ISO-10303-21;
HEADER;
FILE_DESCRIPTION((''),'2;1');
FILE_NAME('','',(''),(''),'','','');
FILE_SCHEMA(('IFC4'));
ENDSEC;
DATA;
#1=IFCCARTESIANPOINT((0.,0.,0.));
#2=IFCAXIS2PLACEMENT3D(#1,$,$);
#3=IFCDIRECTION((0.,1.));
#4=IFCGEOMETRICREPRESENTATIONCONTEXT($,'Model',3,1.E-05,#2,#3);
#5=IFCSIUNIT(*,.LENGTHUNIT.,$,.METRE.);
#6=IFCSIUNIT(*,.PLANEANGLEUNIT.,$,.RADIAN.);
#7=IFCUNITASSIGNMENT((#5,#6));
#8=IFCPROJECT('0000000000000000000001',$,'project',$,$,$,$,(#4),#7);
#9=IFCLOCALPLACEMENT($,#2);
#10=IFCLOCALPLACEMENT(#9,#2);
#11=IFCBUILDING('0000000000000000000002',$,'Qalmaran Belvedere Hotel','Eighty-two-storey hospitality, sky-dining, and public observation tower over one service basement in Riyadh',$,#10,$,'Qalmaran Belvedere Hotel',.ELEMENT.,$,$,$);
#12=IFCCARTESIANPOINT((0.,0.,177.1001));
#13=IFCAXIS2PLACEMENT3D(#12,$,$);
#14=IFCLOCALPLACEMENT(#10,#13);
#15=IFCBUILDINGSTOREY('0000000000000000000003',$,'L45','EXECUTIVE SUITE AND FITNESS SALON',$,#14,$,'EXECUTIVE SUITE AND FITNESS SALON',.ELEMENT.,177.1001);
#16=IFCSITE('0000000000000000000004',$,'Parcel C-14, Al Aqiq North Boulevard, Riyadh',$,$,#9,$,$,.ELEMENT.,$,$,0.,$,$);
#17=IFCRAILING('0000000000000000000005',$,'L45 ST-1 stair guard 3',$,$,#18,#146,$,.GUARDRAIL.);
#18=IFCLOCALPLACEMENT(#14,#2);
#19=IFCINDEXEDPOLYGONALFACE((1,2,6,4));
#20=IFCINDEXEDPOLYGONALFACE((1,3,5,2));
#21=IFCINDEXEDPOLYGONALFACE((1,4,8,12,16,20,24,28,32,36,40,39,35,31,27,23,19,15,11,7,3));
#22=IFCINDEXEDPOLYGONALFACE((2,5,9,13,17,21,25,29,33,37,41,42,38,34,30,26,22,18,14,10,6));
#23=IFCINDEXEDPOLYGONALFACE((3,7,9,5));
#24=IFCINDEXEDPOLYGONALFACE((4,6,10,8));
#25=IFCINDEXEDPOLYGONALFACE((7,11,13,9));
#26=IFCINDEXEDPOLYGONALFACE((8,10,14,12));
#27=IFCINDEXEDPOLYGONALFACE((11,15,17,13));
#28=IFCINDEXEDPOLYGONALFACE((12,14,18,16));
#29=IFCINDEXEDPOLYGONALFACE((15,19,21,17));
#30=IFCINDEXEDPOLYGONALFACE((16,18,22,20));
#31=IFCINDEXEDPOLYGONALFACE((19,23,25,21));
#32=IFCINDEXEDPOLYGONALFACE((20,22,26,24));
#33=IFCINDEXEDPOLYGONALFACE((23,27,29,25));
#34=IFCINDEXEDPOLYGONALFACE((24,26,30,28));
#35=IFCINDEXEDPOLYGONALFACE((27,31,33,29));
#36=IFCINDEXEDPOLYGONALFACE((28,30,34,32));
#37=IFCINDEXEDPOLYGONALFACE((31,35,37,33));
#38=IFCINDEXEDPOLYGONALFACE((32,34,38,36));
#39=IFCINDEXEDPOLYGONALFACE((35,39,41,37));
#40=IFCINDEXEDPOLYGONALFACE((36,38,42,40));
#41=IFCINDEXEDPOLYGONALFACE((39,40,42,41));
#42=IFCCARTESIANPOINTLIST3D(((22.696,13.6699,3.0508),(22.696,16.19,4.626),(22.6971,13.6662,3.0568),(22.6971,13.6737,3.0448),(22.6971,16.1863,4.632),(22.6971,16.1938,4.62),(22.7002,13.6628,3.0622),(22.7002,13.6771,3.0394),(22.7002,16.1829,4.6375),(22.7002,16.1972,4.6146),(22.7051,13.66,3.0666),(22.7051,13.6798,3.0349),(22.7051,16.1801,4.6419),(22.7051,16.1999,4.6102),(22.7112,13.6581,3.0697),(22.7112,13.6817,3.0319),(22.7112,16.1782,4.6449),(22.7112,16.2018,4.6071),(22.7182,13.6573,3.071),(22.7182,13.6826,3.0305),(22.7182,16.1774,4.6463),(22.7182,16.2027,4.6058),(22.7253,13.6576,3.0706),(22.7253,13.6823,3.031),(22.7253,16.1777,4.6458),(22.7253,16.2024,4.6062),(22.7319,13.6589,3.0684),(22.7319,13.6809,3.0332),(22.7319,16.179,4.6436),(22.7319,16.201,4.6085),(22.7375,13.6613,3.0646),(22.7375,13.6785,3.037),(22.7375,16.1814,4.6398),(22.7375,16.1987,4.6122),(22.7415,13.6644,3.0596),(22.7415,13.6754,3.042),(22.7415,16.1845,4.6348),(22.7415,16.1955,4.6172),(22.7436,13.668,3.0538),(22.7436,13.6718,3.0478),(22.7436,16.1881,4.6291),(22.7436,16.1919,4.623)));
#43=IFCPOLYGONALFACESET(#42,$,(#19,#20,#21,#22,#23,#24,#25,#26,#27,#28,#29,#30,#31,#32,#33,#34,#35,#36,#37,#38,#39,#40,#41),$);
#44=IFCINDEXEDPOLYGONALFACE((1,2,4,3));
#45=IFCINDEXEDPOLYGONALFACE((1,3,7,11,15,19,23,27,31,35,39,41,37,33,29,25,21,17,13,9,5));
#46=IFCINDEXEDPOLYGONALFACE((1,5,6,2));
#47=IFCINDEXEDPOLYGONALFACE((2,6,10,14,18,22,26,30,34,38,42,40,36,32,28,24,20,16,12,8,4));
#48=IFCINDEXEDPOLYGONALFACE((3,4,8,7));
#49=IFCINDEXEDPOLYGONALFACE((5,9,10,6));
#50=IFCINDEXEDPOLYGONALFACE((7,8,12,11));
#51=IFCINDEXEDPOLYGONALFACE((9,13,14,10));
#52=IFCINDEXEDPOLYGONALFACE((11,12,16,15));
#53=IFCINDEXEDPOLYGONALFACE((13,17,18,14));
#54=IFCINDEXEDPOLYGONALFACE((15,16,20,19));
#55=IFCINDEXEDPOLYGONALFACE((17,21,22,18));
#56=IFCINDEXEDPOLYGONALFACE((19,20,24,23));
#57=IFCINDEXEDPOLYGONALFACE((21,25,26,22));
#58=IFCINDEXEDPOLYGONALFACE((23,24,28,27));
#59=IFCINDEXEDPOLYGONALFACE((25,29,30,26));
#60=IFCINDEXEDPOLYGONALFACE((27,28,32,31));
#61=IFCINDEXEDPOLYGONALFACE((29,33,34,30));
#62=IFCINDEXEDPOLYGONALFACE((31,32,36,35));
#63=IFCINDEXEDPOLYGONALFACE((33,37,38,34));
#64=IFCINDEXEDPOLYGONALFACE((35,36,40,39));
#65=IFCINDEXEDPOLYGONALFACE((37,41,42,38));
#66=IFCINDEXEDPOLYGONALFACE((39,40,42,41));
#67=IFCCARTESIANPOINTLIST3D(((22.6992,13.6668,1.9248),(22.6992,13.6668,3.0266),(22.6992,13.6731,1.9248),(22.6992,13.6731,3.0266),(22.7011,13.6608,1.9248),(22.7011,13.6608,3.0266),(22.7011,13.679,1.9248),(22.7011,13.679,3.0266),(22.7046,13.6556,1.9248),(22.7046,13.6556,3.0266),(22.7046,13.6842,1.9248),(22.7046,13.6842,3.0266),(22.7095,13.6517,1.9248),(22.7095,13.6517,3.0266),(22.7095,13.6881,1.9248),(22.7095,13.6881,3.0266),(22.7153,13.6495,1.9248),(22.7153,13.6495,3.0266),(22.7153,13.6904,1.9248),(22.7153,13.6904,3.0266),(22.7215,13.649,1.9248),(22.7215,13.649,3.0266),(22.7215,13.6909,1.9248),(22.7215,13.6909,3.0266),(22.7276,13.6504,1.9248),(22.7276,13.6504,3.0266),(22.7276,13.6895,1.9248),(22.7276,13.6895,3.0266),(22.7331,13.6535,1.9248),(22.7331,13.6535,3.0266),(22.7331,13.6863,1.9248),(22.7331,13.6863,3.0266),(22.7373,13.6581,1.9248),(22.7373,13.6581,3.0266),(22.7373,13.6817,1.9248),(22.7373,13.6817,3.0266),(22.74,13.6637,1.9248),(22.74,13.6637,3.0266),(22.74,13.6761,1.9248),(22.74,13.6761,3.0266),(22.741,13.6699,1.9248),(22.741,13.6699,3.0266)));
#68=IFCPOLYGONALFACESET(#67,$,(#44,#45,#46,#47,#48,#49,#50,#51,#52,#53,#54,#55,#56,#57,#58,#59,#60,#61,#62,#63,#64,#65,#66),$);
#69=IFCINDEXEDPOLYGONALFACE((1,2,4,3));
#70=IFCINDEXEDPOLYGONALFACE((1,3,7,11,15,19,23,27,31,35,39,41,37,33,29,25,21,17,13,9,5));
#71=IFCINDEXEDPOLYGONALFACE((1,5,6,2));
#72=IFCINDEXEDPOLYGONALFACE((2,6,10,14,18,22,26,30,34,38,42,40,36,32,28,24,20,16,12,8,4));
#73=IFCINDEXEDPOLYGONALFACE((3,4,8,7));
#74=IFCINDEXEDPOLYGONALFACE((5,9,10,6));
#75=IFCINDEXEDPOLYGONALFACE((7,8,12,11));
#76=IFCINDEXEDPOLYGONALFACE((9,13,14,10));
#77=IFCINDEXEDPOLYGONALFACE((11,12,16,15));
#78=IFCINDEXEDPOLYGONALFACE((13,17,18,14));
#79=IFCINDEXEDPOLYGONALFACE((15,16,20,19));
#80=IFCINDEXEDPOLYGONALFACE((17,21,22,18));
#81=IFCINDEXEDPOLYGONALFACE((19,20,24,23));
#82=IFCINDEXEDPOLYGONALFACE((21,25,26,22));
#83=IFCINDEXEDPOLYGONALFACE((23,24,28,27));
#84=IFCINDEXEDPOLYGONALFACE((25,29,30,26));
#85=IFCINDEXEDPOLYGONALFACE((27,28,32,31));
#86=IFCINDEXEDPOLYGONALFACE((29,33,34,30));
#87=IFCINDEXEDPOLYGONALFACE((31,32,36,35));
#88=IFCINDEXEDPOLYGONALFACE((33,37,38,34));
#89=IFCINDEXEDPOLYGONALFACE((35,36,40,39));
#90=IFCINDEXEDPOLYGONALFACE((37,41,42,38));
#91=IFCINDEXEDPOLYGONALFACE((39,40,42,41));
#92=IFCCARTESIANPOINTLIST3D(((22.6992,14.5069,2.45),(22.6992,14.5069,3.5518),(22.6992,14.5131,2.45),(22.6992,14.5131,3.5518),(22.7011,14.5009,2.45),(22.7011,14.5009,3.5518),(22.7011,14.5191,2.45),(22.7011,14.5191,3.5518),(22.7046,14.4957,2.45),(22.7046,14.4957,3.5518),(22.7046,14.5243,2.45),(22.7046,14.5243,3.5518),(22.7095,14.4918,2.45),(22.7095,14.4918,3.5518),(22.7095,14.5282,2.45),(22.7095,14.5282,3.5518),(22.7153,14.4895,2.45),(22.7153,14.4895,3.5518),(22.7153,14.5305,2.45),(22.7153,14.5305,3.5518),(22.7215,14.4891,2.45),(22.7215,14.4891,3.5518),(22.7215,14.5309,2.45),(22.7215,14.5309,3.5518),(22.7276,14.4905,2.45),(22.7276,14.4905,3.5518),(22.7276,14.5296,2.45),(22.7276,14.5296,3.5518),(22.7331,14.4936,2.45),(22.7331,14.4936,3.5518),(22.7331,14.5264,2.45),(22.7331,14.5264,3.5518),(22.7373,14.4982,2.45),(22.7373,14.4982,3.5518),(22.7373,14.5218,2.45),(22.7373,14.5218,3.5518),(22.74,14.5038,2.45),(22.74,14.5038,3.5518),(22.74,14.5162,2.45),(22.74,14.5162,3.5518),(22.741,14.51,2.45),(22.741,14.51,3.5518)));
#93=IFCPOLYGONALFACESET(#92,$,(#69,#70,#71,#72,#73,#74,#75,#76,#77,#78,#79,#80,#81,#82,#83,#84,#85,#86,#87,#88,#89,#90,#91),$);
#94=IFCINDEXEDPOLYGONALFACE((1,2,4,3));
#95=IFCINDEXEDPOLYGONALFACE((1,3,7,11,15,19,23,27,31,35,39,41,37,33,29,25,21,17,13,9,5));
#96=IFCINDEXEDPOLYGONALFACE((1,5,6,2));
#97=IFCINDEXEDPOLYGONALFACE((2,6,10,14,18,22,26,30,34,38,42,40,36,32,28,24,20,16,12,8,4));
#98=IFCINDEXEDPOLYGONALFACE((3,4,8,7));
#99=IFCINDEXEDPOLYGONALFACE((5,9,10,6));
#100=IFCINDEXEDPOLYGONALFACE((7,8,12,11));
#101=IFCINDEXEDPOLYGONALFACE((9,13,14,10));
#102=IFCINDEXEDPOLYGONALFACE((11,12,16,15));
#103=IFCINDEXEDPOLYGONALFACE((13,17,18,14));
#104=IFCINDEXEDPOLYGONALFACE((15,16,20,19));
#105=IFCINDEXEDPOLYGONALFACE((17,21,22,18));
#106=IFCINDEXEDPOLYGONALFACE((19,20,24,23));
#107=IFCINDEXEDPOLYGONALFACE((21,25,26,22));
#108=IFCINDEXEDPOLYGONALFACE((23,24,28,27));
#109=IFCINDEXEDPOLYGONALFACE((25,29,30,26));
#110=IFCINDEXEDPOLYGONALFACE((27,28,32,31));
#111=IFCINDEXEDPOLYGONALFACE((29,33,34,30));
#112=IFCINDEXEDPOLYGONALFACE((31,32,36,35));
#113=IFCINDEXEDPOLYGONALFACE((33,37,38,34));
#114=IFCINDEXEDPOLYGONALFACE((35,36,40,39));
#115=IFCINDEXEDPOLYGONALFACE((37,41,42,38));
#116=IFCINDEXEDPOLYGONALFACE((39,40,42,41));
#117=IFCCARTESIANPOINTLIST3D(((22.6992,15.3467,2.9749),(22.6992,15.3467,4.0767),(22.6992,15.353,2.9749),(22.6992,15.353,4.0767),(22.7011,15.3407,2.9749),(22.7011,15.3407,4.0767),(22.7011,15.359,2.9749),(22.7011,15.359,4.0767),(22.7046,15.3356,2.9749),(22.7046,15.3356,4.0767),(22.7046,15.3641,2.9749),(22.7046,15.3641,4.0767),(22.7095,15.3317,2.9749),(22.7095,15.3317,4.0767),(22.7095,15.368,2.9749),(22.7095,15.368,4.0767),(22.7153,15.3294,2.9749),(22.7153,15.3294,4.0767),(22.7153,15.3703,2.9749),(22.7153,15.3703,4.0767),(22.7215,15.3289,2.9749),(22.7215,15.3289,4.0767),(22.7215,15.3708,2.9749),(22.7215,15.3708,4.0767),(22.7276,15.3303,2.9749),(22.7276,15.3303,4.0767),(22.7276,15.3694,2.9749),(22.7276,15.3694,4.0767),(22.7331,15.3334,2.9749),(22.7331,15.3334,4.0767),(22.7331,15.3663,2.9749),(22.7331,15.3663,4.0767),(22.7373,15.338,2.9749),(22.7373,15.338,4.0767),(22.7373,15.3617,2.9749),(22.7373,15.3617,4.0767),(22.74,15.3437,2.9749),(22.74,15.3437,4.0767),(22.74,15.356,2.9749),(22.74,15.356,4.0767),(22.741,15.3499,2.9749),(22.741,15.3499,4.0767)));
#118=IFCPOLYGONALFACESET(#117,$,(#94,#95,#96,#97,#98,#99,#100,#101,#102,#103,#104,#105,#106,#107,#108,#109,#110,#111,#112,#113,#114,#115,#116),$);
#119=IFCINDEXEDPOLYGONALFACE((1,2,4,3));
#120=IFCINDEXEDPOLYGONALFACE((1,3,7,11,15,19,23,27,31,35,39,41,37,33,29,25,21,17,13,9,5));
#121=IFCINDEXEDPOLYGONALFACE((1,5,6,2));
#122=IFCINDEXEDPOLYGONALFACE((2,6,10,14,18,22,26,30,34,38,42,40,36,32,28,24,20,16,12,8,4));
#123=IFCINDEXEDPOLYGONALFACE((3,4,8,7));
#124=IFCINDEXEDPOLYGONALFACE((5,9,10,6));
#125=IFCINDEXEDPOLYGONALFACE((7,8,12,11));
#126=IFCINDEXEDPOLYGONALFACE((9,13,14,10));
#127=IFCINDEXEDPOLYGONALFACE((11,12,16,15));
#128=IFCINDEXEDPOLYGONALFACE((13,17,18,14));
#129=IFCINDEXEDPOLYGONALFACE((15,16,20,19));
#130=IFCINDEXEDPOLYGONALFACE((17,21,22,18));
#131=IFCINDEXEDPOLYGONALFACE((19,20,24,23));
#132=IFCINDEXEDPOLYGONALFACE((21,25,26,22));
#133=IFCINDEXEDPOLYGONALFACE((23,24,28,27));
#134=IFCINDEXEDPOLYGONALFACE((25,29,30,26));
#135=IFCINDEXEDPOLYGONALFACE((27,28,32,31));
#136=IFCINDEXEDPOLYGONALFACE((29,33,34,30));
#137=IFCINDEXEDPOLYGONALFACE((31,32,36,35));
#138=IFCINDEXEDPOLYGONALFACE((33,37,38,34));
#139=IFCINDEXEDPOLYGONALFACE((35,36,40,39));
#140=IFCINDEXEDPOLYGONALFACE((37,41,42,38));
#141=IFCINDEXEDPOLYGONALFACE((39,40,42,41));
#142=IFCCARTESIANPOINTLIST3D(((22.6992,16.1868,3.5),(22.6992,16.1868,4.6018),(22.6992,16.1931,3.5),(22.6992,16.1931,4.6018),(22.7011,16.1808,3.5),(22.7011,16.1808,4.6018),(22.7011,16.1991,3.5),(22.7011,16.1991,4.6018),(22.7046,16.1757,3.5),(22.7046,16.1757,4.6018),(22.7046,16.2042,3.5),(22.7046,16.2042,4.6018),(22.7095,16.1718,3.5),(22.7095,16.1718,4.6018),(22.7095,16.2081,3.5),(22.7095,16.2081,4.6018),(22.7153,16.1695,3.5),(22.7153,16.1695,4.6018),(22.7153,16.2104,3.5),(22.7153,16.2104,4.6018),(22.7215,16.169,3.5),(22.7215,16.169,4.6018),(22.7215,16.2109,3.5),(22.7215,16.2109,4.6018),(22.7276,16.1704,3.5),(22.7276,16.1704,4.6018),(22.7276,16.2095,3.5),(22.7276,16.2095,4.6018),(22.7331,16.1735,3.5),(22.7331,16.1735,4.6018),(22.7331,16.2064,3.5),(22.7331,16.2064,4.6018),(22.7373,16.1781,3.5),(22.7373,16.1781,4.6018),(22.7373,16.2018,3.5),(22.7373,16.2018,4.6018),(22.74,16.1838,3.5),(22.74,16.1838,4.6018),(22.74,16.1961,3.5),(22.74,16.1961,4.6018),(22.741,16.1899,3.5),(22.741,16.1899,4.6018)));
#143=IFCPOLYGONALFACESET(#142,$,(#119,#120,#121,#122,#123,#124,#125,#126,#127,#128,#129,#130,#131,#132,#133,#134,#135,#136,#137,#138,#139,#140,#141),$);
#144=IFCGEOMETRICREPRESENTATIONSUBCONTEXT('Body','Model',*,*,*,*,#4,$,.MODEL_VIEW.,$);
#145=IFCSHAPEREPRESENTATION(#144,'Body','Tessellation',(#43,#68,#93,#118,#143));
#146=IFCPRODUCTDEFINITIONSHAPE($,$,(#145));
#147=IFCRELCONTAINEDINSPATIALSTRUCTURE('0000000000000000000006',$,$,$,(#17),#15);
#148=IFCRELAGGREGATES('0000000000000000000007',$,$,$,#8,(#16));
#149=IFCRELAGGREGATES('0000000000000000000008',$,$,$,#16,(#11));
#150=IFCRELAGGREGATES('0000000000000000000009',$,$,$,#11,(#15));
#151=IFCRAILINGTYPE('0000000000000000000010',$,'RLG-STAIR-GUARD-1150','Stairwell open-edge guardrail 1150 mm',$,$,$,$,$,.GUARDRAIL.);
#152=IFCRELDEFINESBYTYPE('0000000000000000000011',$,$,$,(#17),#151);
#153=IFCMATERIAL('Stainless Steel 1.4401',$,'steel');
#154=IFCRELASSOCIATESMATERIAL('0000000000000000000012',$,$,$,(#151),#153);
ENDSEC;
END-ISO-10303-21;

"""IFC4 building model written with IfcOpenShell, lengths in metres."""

from ifc_helpers import new_model, si_unit, direction, frame, origin, origin_2d, place, context, subcontext, project, spatial, circle, extrude, material, type_object, element, save


model = new_model("IFC4")

# Units and contexts
model_context = context("Model", 3, precision=1e-05, world=origin(), true_north=direction((0.0, 1.0)))
body_context = subcontext(model_context, "Body", "Model", "MODEL_VIEW")
ifc_project = project(units=[si_unit("LENGTHUNIT", "METRE"), si_unit("PLANEANGLEUNIT", "RADIAN")], contexts=[model_context])

# Site, building, storey
site_placement = place(None, origin())
site = spatial("IfcSite", under=ifc_project, at=site_placement, Name="Parcel C-14, Al Aqiq North Boulevard, Riyadh", CompositionType="ELEMENT", RefElevation=0.0)
building_placement = place(site_placement, origin())
building = spatial("IfcBuilding", under=site, at=building_placement, Name="Qalmaran Belvedere Hotel", Description="Eighty-two-storey hospitality, sky-dining, and public observation tower over one service basement in Riyadh", LongName="Qalmaran Belvedere Hotel", CompositionType="ELEMENT")
storey_placement = place(building_placement, frame((0.0, 0.0, 177.1001)))
storey = spatial("IfcBuildingStorey", under=building, at=storey_placement, Name="L45", Description="EXECUTIVE SUITE AND FITNESS SALON", LongName="EXECUTIVE SUITE AND FITNESS SALON", CompositionType="ELEMENT", Elevation=177.1001)

# Railing
ifc_material_1 = material(Name="Stainless Steel 1.4401", Category="steel")
railing_type_1 = type_object("IfcRailingType", Name="RLG-STAIR-GUARD-1150", Description="Stairwell open-edge guardrail 1150 mm", PredefinedType="GUARDRAIL", material=ifc_material_1)
railing_1_placement = place(storey_placement, frame((22.72, 13.6699, 1.9248)))
element("IfcRailing", 1, at=railing_1_placement, inside=storey, type_object=railing_type_1, Name="L45 ST-1 stair guard 3", PredefinedType="GUARDRAIL", context=body_context, shape_type="SweptSolid", body=[
    extrude(circle(Radius=0.0239, at=origin_2d()), frame((0.0, 0.0, 1.126), z_axis=(0.0, 0.847971, 0.530043), x_axis=(-1.0, 0.0, 0.0)), (0.0, 0.0, 1.0), 2.9719),
    extrude(circle(Radius=0.021, at=origin_2d()), origin(), (0.0, 0.0, 1.0), 1.1018),
    extrude(circle(Radius=0.021, at=origin_2d()), frame((0.0, 0.8401, 0.5251)), (0.0, 0.0, 1.0), 1.1018),
    extrude(circle(Radius=0.021, at=origin_2d()), frame((0.0, 1.6799, 1.05)), (0.0, 0.0, 1.0), 1.1018),
    extrude(circle(Radius=0.021, at=origin_2d()), frame((0.0, 2.52, 1.5752)), (0.0, 0.0, 1.0), 1.1018),
])

save(model, "model.ifc")
